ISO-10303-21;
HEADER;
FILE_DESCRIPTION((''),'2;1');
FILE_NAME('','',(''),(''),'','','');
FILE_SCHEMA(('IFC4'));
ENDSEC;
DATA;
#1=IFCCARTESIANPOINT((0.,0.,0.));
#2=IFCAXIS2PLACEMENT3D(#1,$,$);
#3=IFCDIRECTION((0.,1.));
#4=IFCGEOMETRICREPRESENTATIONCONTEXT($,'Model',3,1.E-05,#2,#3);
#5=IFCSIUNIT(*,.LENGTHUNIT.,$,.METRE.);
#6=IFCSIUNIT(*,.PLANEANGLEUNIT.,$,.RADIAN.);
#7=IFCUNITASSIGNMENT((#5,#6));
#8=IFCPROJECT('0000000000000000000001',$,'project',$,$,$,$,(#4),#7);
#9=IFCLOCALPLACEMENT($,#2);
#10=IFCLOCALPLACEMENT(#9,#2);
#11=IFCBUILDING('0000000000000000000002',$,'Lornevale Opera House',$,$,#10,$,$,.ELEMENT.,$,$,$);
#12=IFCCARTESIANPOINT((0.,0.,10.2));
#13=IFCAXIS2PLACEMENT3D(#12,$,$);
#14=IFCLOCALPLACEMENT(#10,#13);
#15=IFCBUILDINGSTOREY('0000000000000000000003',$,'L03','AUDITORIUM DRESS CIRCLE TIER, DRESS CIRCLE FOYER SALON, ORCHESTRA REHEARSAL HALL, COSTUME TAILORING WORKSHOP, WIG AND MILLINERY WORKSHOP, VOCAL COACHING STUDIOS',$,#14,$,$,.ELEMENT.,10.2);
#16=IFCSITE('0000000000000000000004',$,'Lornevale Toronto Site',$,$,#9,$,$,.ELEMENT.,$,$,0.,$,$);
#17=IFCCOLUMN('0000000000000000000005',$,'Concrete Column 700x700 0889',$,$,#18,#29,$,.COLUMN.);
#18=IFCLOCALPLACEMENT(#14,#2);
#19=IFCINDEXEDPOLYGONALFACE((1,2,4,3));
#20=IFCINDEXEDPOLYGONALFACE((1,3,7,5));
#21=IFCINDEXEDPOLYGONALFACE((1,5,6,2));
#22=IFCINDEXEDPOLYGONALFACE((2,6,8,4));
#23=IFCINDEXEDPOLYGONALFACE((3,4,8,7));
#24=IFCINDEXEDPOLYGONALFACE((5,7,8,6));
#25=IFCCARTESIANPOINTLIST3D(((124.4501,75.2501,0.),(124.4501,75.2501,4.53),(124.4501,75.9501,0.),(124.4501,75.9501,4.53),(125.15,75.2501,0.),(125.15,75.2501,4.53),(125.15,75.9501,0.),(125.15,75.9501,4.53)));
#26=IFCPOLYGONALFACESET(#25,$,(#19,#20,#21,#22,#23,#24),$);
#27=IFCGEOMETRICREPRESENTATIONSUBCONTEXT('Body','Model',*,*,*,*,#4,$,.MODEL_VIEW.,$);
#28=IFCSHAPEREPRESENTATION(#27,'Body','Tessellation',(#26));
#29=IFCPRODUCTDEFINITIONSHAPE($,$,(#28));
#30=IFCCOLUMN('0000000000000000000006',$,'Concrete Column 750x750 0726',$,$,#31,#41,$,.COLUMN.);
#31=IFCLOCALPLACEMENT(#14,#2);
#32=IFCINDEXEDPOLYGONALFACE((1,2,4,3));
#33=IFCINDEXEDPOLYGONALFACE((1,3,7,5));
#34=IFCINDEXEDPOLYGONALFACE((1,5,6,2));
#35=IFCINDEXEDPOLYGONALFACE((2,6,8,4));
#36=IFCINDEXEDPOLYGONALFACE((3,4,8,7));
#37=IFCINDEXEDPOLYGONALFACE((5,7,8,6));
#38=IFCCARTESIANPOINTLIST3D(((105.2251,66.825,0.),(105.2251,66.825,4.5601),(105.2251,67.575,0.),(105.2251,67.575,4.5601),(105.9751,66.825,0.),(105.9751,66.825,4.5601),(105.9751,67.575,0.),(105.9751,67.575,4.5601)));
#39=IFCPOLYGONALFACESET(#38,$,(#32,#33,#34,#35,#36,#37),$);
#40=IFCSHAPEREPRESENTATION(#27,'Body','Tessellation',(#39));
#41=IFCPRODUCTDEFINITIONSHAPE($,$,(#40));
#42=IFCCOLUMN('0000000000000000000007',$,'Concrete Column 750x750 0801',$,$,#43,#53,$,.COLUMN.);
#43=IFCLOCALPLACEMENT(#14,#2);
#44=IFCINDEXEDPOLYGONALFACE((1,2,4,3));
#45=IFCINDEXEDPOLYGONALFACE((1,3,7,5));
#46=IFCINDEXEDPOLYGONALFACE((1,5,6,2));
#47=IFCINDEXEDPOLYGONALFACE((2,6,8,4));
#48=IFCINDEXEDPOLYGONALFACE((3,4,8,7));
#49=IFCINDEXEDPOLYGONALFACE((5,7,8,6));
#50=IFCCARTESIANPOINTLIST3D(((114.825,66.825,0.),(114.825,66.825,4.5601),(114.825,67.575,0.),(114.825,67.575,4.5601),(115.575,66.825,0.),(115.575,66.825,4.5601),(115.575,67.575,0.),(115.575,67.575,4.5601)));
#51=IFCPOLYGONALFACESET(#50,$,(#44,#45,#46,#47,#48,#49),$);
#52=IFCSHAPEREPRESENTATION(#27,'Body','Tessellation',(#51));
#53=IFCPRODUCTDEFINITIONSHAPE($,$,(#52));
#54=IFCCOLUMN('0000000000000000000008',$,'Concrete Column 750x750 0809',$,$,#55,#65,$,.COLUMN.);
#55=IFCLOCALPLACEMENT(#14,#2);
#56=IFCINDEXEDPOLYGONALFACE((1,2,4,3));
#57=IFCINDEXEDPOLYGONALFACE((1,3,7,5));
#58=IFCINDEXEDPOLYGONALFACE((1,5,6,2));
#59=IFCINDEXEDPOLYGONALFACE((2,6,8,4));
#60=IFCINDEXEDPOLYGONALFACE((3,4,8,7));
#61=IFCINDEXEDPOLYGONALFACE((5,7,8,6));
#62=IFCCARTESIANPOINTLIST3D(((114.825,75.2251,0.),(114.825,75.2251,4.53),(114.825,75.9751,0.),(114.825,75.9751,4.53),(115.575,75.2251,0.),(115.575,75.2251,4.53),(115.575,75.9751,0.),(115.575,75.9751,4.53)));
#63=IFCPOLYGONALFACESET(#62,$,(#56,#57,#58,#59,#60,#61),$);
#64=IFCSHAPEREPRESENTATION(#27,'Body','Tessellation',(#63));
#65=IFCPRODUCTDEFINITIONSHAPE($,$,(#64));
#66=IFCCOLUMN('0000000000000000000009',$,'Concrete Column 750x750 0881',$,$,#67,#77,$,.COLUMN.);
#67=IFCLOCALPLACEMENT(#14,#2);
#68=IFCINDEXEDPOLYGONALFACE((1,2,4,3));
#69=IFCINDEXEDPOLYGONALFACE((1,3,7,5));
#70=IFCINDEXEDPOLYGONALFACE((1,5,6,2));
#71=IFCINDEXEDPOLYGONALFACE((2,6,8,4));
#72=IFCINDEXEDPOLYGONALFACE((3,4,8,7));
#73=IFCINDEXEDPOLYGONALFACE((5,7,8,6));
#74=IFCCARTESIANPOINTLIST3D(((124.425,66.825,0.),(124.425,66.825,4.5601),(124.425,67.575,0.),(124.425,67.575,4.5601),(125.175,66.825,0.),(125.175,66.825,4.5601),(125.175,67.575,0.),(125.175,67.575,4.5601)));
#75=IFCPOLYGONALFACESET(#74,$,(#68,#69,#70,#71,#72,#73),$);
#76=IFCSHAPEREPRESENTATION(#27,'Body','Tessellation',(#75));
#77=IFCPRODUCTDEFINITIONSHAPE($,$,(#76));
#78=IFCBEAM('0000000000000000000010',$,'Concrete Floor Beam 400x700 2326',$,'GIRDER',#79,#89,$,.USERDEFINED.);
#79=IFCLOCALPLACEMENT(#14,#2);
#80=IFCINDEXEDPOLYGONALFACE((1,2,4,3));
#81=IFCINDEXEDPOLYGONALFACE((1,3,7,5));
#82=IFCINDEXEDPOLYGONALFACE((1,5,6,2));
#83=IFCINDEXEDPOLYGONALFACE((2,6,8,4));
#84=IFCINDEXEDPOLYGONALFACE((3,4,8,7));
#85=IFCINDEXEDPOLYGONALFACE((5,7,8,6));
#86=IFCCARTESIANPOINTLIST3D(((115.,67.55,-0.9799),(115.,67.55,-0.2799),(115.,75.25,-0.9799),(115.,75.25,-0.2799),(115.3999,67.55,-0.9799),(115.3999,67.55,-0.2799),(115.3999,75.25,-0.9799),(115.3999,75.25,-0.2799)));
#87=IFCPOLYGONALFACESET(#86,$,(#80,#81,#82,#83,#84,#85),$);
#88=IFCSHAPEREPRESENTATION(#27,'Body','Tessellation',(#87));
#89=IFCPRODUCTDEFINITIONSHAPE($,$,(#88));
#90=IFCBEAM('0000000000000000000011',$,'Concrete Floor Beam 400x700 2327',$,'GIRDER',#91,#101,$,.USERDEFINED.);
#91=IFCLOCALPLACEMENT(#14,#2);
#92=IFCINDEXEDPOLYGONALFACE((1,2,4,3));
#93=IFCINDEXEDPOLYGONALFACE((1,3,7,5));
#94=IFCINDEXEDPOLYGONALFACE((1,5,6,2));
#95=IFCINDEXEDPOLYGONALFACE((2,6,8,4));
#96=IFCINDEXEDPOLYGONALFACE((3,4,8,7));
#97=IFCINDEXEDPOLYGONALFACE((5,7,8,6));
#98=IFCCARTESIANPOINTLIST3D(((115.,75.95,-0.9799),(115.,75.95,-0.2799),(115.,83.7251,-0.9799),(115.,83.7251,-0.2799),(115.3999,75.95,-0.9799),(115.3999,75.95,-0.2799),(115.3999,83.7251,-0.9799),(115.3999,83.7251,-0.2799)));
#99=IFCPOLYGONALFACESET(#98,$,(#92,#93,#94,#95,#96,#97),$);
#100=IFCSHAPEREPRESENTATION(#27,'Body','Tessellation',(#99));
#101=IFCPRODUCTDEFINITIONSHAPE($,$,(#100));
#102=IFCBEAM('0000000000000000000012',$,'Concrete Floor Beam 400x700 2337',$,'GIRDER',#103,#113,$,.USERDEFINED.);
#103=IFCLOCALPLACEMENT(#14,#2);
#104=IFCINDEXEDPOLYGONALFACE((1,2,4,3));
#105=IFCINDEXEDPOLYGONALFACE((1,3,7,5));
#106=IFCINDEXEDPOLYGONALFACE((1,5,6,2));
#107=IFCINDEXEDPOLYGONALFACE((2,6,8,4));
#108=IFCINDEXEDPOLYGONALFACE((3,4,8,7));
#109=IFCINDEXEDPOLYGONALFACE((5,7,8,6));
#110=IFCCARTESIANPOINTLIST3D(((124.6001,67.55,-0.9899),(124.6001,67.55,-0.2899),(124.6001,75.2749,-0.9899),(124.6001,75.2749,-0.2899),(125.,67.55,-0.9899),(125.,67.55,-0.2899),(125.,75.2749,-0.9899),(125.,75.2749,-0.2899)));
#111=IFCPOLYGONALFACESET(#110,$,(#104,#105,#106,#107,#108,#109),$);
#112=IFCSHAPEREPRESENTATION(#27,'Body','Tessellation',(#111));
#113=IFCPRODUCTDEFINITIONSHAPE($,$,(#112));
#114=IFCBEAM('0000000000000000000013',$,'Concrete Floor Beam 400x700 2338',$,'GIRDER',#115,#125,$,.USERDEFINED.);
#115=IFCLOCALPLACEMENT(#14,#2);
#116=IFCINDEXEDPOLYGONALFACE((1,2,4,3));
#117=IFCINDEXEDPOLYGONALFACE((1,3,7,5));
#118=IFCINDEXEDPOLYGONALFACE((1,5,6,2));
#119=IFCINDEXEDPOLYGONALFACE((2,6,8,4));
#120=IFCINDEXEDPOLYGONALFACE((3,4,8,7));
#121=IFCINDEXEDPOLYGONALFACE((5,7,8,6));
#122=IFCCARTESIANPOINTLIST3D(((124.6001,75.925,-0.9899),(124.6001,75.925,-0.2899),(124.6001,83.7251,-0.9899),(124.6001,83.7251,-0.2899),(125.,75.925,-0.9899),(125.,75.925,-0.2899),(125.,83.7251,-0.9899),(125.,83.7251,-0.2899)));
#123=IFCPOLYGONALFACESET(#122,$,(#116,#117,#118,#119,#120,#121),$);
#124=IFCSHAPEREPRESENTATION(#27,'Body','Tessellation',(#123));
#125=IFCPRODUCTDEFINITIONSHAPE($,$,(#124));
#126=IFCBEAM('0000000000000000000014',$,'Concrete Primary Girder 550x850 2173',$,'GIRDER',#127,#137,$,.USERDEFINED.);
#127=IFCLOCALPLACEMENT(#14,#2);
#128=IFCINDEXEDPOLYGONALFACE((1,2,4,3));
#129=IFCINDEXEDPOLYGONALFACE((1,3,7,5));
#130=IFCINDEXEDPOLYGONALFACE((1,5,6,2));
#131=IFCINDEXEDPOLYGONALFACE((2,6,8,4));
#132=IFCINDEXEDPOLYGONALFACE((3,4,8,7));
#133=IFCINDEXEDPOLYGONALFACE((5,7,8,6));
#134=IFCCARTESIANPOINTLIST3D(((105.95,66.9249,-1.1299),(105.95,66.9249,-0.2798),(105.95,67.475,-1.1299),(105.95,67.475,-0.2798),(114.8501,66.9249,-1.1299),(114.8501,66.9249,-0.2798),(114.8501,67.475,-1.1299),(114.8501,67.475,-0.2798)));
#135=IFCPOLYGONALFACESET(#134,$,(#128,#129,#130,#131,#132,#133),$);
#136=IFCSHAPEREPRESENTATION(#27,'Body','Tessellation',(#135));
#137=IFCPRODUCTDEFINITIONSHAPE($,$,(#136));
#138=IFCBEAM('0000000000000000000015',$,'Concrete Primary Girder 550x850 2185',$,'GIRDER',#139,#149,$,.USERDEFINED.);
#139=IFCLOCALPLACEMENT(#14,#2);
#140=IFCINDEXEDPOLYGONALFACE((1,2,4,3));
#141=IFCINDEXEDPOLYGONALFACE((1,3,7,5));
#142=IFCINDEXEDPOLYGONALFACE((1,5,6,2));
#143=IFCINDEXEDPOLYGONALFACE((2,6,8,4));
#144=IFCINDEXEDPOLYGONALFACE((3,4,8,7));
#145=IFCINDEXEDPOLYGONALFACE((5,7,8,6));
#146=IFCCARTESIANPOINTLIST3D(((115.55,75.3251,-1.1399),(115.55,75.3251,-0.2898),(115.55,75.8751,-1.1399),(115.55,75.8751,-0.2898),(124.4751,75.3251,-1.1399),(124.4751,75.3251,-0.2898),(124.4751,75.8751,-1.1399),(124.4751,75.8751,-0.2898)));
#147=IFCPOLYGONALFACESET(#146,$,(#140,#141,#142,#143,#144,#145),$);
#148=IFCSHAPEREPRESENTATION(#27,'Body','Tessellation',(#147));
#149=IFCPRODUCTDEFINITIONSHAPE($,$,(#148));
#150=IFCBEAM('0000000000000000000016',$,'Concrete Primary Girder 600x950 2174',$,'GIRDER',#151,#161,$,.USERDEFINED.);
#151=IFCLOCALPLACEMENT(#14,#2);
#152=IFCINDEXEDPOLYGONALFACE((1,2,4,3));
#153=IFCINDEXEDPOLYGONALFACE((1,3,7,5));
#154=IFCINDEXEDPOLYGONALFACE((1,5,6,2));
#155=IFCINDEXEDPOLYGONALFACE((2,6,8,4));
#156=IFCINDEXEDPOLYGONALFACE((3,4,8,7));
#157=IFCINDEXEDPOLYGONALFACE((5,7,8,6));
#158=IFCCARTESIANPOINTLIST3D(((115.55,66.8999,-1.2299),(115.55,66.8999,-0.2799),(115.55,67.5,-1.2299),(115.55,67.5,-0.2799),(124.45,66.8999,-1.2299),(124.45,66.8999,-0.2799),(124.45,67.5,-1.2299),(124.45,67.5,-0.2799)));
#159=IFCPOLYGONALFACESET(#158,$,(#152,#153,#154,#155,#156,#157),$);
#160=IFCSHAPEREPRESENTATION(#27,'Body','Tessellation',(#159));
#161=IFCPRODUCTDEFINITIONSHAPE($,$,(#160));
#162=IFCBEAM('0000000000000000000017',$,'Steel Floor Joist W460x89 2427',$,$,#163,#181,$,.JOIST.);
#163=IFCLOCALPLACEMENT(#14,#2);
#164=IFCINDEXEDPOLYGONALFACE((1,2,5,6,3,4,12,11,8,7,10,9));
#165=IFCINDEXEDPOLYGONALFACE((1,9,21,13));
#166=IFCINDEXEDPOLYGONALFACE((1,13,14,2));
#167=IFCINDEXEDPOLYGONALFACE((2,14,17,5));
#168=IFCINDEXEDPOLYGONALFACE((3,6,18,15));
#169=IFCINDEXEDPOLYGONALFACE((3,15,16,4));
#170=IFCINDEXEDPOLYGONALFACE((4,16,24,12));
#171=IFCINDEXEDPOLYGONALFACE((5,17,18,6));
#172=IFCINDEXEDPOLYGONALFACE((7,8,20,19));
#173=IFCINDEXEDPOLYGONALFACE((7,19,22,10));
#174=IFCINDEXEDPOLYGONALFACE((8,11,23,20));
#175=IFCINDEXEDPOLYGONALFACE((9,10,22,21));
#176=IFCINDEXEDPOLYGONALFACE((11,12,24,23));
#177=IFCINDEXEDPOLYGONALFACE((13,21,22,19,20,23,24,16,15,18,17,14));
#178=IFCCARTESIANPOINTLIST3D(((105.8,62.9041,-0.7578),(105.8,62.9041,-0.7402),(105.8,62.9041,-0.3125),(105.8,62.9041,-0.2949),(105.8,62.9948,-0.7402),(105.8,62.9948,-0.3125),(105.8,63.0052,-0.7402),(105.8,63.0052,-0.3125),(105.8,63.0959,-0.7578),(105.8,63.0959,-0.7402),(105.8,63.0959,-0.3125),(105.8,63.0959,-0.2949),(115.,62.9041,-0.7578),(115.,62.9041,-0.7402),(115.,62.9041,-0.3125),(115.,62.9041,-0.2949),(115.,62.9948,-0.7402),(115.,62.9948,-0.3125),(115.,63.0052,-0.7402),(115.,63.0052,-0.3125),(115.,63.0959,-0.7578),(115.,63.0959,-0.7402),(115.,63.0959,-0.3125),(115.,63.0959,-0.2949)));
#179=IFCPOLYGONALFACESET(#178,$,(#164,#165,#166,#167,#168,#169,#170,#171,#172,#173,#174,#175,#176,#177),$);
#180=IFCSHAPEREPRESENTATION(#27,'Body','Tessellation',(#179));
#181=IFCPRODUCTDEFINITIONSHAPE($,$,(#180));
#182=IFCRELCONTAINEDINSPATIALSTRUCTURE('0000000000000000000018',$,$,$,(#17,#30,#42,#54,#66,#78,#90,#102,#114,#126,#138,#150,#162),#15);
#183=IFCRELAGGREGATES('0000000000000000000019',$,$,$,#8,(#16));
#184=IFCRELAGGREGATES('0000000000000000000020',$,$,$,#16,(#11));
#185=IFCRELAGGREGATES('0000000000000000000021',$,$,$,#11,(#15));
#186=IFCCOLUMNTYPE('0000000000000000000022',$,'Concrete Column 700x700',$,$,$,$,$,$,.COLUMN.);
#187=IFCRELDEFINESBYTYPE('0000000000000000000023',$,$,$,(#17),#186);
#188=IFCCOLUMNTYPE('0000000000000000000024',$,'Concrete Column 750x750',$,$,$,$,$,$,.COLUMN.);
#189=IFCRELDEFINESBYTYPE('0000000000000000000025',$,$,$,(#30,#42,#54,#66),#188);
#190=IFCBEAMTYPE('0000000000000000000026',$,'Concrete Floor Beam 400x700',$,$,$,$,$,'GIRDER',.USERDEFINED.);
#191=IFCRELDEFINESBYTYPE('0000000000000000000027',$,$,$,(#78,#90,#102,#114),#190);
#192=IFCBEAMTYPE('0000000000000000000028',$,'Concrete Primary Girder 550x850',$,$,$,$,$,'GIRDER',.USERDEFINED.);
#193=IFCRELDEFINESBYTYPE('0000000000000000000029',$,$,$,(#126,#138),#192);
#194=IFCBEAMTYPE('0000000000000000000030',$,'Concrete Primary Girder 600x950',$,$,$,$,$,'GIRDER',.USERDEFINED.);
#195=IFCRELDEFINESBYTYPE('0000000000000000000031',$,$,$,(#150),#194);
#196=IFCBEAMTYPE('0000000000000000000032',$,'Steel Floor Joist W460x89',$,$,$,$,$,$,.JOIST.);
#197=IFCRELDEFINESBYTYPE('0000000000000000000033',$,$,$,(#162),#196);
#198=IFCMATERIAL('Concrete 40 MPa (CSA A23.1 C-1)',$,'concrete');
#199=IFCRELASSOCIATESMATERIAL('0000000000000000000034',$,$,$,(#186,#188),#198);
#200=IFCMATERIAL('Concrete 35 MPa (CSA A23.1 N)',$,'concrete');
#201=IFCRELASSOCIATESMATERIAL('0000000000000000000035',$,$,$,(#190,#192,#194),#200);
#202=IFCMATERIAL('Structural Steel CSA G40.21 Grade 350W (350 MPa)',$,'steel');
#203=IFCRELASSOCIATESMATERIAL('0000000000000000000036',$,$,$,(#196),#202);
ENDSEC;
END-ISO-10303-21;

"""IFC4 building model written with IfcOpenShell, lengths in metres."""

from ifc_helpers import new_model, si_unit, direction, frame, origin, origin_2d, place, context, subcontext, project, spatial, rectangle, i_section, extrude, material, material_profile, profile_set, type_object, element, save


model = new_model("IFC4")

# Units and contexts
model_context = context("Model", 3, precision=1e-05, world=origin(), true_north=direction((0.0, 1.0)))
body_context = subcontext(model_context, "Body", "Model", "MODEL_VIEW")
ifc_project = project(units=[si_unit("LENGTHUNIT", "METRE"), si_unit("PLANEANGLEUNIT", "RADIAN")], contexts=[model_context])

# Site, building, storey
site_placement = place(None, origin())
site = spatial("IfcSite", under=ifc_project, at=site_placement, Name="Lornevale Toronto Site", CompositionType="ELEMENT", RefElevation=0.0)
building_placement = place(site_placement, origin())
building = spatial("IfcBuilding", under=site, at=building_placement, Name="Lornevale Opera House", CompositionType="ELEMENT")
storey_placement = place(building_placement, frame((0.0, 0.0, 10.2)))
storey = spatial("IfcBuildingStorey", under=building, at=storey_placement, Name="L03", Description="AUDITORIUM DRESS CIRCLE TIER, DRESS CIRCLE FOYER SALON, ORCHESTRA REHEARSAL HALL, COSTUME TAILORING WORKSHOP, WIG AND MILLINERY WORKSHOP, VOCAL COACHING STUDIOS", CompositionType="ELEMENT", Elevation=10.2)

# Columns
ifc_material_1 = material(Name="Concrete 40 MPa (CSA A23.1 C-1)", Category="concrete")
ifc_material_profile_1 = material_profile(ifc_material_1, rectangle(XDim=0.7, YDim=0.7, at=origin_2d()), Name="RC700x700")
ifc_profile_set_1 = profile_set([ifc_material_profile_1], Name="Concrete 40 MPa (CSA A23.1 C-1)")
column_type_1 = type_object("IfcColumnType", Name="Concrete Column 700x700", PredefinedType="COLUMN", material=ifc_profile_set_1)
column_1_placement = place(storey_placement, frame((124.8, 75.6001, 0.0), z_axis=(0.0, 0.0, 1.0), x_axis=(1.0, 0.0, 0.0)))
element("IfcColumn", 1, at=column_1_placement, inside=storey, type_object=column_type_1, Name="Concrete Column 700x700 0889", PredefinedType="COLUMN", context=body_context, shape_type="SweptSolid", body=[
    extrude(rectangle(XDim=0.7, YDim=0.7, at=origin_2d()), origin(), (0.0, 0.0, 1.0), 4.53),
])
ifc_material_profile_2 = material_profile(ifc_material_1, rectangle(XDim=0.75, YDim=0.75, at=origin_2d()), Name="RC750x750")
ifc_profile_set_2 = profile_set([ifc_material_profile_2], Name="Concrete 40 MPa (CSA A23.1 C-1)")
column_type_2 = type_object("IfcColumnType", Name="Concrete Column 750x750", PredefinedType="COLUMN", material=ifc_profile_set_2)
for number, where, z_axis, x_axis, name in (
    (2, (105.6001, 67.2, 0.0), (0.0, 0.0, 1.0), (1.0, 0.0, 0.0), "Concrete Column 750x750 0726"),
    (3, (115.2, 67.2, 0.0), (0.0, 0.0, 1.0), (1.0, 0.0, 0.0), "Concrete Column 750x750 0801"),
):
    element("IfcColumn", number, at=place(storey_placement, frame(where, z_axis=z_axis, x_axis=x_axis)), inside=storey, type_object=column_type_2, Name=name, PredefinedType="COLUMN", context=body_context, shape_type="SweptSolid", body=[
        extrude(rectangle(XDim=0.75, YDim=0.75, at=origin_2d()), origin(), (0.0, 0.0, 1.0), 4.5601),
    ])
column_2_placement = place(storey_placement, frame((115.2, 75.6001, 0.0), z_axis=(0.0, 0.0, 1.0), x_axis=(1.0, 0.0, 0.0)))
element("IfcColumn", 4, at=column_2_placement, inside=storey, type_object=column_type_2, Name="Concrete Column 750x750 0809", PredefinedType="COLUMN", context=body_context, shape_type="SweptSolid", body=[
    extrude(rectangle(XDim=0.75, YDim=0.75, at=origin_2d()), origin(), (0.0, 0.0, 1.0), 4.53),
])
column_3_placement = place(storey_placement, frame((124.8, 67.2, 0.0), z_axis=(0.0, 0.0, 1.0), x_axis=(1.0, 0.0, 0.0)))
element("IfcColumn", 5, at=column_3_placement, inside=storey, type_object=column_type_2, Name="Concrete Column 750x750 0881", PredefinedType="COLUMN", context=body_context, shape_type="SweptSolid", body=[
    extrude(rectangle(XDim=0.75, YDim=0.75, at=origin_2d()), origin(), (0.0, 0.0, 1.0), 4.5601),
])

# Beams
ifc_material_2 = material(Name="Concrete 35 MPa (CSA A23.1 N)", Category="concrete")
ifc_material_profile_3 = material_profile(ifc_material_2, rectangle(XDim=0.3999, YDim=0.7, at=origin_2d()), Name="RC400x700")
ifc_profile_set_3 = profile_set([ifc_material_profile_3], Name="Concrete 35 MPa (CSA A23.1 N)")
beam_type_1 = type_object("IfcBeamType", Name="Concrete Floor Beam 400x700", ElementType="GIRDER", PredefinedType="USERDEFINED", material=ifc_profile_set_3)
beam_1_placement = place(storey_placement, frame((115.2, 67.55, -0.6299), z_axis=(0.0, 1.0, 0.0), x_axis=(-1.0, 0.0, 0.0)))
element("IfcBeam", 6, at=beam_1_placement, inside=storey, type_object=beam_type_1, Name="Concrete Floor Beam 400x700 2326", ObjectType="GIRDER", PredefinedType="USERDEFINED", context=body_context, shape_type="SweptSolid", body=[
    extrude(rectangle(XDim=0.3999, YDim=0.7, at=origin_2d()), origin(), (0.0, 0.0, 1.0), 7.7),
])
beam_2_placement = place(storey_placement, frame((115.2, 75.95, -0.6299), z_axis=(0.0, 1.0, 0.0), x_axis=(-1.0, 0.0, 0.0)))
element("IfcBeam", 7, at=beam_2_placement, inside=storey, type_object=beam_type_1, Name="Concrete Floor Beam 400x700 2327", ObjectType="GIRDER", PredefinedType="USERDEFINED", context=body_context, shape_type="SweptSolid", body=[
    extrude(rectangle(XDim=0.3999, YDim=0.7, at=origin_2d()), origin(), (0.0, 0.0, 1.0), 7.7751),
])
beam_3_placement = place(storey_placement, frame((124.8, 67.55, -0.6399), z_axis=(0.0, 1.0, 0.0), x_axis=(-1.0, 0.0, 0.0)))
element("IfcBeam", 8, at=beam_3_placement, inside=storey, type_object=beam_type_1, Name="Concrete Floor Beam 400x700 2337", ObjectType="GIRDER", PredefinedType="USERDEFINED", context=body_context, shape_type="SweptSolid", body=[
    extrude(rectangle(XDim=0.3999, YDim=0.7, at=origin_2d()), origin(), (0.0, 0.0, 1.0), 7.7249),
])
beam_4_placement = place(storey_placement, frame((124.8, 75.925, -0.6399), z_axis=(0.0, 1.0, 0.0), x_axis=(-1.0, 0.0, 0.0)))
element("IfcBeam", 9, at=beam_4_placement, inside=storey, type_object=beam_type_1, Name="Concrete Floor Beam 400x700 2338", ObjectType="GIRDER", PredefinedType="USERDEFINED", context=body_context, shape_type="SweptSolid", body=[
    extrude(rectangle(XDim=0.3999, YDim=0.7, at=origin_2d()), origin(), (0.0, 0.0, 1.0), 7.8),
])
ifc_material_profile_4 = material_profile(ifc_material_2, rectangle(XDim=0.55, YDim=0.8501, at=origin_2d()), Name="RC550x850")
ifc_profile_set_4 = profile_set([ifc_material_profile_4], Name="Concrete 35 MPa (CSA A23.1 N)")
beam_type_2 = type_object("IfcBeamType", Name="Concrete Primary Girder 550x850", ElementType="GIRDER", PredefinedType="USERDEFINED", material=ifc_profile_set_4)
beam_5_placement = place(storey_placement, frame((105.95, 67.2, -0.7048), z_axis=(1.0, 0.0, 0.0), x_axis=(0.0, 1.0, 0.0)))
element("IfcBeam", 10, at=beam_5_placement, inside=storey, type_object=beam_type_2, Name="Concrete Primary Girder 550x850 2173", ObjectType="GIRDER", PredefinedType="USERDEFINED", context=body_context, shape_type="SweptSolid", body=[
    extrude(rectangle(XDim=0.55, YDim=0.8501, at=origin_2d()), origin(), (0.0, 0.0, 1.0), 8.9001),
])
beam_6_placement = place(storey_placement, frame((115.55, 75.6001, -0.7148), z_axis=(1.0, 0.0, 0.0), x_axis=(0.0, 1.0, 0.0)))
element("IfcBeam", 11, at=beam_6_placement, inside=storey, type_object=beam_type_2, Name="Concrete Primary Girder 550x850 2185", ObjectType="GIRDER", PredefinedType="USERDEFINED", context=body_context, shape_type="SweptSolid", body=[
    extrude(rectangle(XDim=0.55, YDim=0.8501, at=origin_2d()), origin(), (0.0, 0.0, 1.0), 8.925),
])
ifc_material_profile_5 = material_profile(ifc_material_2, rectangle(XDim=0.6001, YDim=0.95, at=origin_2d()), Name="RC600x950")
ifc_profile_set_5 = profile_set([ifc_material_profile_5], Name="Concrete 35 MPa (CSA A23.1 N)")
beam_type_3 = type_object("IfcBeamType", Name="Concrete Primary Girder 600x950", ElementType="GIRDER", PredefinedType="USERDEFINED", material=ifc_profile_set_5)
beam_7_placement = place(storey_placement, frame((115.55, 67.2, -0.7549), z_axis=(1.0, 0.0, 0.0), x_axis=(0.0, 1.0, 0.0)))
element("IfcBeam", 12, at=beam_7_placement, inside=storey, type_object=beam_type_3, Name="Concrete Primary Girder 600x950 2174", ObjectType="GIRDER", PredefinedType="USERDEFINED", context=body_context, shape_type="SweptSolid", body=[
    extrude(rectangle(XDim=0.6001, YDim=0.95, at=origin_2d()), origin(), (0.0, 0.0, 1.0), 8.8999),
])
ifc_material_3 = material(Name="Structural Steel CSA G40.21 Grade 350W (350 MPa)", Category="steel")
ifc_material_profile_6 = material_profile(ifc_material_3, i_section(OverallWidth=0.1919, OverallDepth=0.4629, WebThickness=0.0105, FlangeThickness=0.0176, at=origin_2d()), Name="W460x89")
ifc_profile_set_6 = profile_set([ifc_material_profile_6], Name="Structural Steel CSA G40.21 Grade 350W (350 MPa)")
beam_type_4 = type_object("IfcBeamType", Name="Steel Floor Joist W460x89", PredefinedType="JOIST", material=ifc_profile_set_6)
for number, where, z_axis, x_axis, name in (
    (13, (105.8, 63.0, -0.5264), (1.0, 0.0, 0.0), (0.0, 1.0, 0.0), "Steel Floor Joist W460x89 2427"),
):
    element("IfcBeam", number, at=place(storey_placement, frame(where, z_axis=z_axis, x_axis=x_axis)), inside=storey, type_object=beam_type_4, Name=name, PredefinedType="JOIST", context=body_context, shape_type="SweptSolid", body=[
        extrude(i_section(OverallWidth=0.1919, OverallDepth=0.4629, WebThickness=0.0105, FlangeThickness=0.0176, at=origin_2d()), origin(), (0.0, 0.0, 1.0), 9.2),
    ])

save(model, "model.ifc")
